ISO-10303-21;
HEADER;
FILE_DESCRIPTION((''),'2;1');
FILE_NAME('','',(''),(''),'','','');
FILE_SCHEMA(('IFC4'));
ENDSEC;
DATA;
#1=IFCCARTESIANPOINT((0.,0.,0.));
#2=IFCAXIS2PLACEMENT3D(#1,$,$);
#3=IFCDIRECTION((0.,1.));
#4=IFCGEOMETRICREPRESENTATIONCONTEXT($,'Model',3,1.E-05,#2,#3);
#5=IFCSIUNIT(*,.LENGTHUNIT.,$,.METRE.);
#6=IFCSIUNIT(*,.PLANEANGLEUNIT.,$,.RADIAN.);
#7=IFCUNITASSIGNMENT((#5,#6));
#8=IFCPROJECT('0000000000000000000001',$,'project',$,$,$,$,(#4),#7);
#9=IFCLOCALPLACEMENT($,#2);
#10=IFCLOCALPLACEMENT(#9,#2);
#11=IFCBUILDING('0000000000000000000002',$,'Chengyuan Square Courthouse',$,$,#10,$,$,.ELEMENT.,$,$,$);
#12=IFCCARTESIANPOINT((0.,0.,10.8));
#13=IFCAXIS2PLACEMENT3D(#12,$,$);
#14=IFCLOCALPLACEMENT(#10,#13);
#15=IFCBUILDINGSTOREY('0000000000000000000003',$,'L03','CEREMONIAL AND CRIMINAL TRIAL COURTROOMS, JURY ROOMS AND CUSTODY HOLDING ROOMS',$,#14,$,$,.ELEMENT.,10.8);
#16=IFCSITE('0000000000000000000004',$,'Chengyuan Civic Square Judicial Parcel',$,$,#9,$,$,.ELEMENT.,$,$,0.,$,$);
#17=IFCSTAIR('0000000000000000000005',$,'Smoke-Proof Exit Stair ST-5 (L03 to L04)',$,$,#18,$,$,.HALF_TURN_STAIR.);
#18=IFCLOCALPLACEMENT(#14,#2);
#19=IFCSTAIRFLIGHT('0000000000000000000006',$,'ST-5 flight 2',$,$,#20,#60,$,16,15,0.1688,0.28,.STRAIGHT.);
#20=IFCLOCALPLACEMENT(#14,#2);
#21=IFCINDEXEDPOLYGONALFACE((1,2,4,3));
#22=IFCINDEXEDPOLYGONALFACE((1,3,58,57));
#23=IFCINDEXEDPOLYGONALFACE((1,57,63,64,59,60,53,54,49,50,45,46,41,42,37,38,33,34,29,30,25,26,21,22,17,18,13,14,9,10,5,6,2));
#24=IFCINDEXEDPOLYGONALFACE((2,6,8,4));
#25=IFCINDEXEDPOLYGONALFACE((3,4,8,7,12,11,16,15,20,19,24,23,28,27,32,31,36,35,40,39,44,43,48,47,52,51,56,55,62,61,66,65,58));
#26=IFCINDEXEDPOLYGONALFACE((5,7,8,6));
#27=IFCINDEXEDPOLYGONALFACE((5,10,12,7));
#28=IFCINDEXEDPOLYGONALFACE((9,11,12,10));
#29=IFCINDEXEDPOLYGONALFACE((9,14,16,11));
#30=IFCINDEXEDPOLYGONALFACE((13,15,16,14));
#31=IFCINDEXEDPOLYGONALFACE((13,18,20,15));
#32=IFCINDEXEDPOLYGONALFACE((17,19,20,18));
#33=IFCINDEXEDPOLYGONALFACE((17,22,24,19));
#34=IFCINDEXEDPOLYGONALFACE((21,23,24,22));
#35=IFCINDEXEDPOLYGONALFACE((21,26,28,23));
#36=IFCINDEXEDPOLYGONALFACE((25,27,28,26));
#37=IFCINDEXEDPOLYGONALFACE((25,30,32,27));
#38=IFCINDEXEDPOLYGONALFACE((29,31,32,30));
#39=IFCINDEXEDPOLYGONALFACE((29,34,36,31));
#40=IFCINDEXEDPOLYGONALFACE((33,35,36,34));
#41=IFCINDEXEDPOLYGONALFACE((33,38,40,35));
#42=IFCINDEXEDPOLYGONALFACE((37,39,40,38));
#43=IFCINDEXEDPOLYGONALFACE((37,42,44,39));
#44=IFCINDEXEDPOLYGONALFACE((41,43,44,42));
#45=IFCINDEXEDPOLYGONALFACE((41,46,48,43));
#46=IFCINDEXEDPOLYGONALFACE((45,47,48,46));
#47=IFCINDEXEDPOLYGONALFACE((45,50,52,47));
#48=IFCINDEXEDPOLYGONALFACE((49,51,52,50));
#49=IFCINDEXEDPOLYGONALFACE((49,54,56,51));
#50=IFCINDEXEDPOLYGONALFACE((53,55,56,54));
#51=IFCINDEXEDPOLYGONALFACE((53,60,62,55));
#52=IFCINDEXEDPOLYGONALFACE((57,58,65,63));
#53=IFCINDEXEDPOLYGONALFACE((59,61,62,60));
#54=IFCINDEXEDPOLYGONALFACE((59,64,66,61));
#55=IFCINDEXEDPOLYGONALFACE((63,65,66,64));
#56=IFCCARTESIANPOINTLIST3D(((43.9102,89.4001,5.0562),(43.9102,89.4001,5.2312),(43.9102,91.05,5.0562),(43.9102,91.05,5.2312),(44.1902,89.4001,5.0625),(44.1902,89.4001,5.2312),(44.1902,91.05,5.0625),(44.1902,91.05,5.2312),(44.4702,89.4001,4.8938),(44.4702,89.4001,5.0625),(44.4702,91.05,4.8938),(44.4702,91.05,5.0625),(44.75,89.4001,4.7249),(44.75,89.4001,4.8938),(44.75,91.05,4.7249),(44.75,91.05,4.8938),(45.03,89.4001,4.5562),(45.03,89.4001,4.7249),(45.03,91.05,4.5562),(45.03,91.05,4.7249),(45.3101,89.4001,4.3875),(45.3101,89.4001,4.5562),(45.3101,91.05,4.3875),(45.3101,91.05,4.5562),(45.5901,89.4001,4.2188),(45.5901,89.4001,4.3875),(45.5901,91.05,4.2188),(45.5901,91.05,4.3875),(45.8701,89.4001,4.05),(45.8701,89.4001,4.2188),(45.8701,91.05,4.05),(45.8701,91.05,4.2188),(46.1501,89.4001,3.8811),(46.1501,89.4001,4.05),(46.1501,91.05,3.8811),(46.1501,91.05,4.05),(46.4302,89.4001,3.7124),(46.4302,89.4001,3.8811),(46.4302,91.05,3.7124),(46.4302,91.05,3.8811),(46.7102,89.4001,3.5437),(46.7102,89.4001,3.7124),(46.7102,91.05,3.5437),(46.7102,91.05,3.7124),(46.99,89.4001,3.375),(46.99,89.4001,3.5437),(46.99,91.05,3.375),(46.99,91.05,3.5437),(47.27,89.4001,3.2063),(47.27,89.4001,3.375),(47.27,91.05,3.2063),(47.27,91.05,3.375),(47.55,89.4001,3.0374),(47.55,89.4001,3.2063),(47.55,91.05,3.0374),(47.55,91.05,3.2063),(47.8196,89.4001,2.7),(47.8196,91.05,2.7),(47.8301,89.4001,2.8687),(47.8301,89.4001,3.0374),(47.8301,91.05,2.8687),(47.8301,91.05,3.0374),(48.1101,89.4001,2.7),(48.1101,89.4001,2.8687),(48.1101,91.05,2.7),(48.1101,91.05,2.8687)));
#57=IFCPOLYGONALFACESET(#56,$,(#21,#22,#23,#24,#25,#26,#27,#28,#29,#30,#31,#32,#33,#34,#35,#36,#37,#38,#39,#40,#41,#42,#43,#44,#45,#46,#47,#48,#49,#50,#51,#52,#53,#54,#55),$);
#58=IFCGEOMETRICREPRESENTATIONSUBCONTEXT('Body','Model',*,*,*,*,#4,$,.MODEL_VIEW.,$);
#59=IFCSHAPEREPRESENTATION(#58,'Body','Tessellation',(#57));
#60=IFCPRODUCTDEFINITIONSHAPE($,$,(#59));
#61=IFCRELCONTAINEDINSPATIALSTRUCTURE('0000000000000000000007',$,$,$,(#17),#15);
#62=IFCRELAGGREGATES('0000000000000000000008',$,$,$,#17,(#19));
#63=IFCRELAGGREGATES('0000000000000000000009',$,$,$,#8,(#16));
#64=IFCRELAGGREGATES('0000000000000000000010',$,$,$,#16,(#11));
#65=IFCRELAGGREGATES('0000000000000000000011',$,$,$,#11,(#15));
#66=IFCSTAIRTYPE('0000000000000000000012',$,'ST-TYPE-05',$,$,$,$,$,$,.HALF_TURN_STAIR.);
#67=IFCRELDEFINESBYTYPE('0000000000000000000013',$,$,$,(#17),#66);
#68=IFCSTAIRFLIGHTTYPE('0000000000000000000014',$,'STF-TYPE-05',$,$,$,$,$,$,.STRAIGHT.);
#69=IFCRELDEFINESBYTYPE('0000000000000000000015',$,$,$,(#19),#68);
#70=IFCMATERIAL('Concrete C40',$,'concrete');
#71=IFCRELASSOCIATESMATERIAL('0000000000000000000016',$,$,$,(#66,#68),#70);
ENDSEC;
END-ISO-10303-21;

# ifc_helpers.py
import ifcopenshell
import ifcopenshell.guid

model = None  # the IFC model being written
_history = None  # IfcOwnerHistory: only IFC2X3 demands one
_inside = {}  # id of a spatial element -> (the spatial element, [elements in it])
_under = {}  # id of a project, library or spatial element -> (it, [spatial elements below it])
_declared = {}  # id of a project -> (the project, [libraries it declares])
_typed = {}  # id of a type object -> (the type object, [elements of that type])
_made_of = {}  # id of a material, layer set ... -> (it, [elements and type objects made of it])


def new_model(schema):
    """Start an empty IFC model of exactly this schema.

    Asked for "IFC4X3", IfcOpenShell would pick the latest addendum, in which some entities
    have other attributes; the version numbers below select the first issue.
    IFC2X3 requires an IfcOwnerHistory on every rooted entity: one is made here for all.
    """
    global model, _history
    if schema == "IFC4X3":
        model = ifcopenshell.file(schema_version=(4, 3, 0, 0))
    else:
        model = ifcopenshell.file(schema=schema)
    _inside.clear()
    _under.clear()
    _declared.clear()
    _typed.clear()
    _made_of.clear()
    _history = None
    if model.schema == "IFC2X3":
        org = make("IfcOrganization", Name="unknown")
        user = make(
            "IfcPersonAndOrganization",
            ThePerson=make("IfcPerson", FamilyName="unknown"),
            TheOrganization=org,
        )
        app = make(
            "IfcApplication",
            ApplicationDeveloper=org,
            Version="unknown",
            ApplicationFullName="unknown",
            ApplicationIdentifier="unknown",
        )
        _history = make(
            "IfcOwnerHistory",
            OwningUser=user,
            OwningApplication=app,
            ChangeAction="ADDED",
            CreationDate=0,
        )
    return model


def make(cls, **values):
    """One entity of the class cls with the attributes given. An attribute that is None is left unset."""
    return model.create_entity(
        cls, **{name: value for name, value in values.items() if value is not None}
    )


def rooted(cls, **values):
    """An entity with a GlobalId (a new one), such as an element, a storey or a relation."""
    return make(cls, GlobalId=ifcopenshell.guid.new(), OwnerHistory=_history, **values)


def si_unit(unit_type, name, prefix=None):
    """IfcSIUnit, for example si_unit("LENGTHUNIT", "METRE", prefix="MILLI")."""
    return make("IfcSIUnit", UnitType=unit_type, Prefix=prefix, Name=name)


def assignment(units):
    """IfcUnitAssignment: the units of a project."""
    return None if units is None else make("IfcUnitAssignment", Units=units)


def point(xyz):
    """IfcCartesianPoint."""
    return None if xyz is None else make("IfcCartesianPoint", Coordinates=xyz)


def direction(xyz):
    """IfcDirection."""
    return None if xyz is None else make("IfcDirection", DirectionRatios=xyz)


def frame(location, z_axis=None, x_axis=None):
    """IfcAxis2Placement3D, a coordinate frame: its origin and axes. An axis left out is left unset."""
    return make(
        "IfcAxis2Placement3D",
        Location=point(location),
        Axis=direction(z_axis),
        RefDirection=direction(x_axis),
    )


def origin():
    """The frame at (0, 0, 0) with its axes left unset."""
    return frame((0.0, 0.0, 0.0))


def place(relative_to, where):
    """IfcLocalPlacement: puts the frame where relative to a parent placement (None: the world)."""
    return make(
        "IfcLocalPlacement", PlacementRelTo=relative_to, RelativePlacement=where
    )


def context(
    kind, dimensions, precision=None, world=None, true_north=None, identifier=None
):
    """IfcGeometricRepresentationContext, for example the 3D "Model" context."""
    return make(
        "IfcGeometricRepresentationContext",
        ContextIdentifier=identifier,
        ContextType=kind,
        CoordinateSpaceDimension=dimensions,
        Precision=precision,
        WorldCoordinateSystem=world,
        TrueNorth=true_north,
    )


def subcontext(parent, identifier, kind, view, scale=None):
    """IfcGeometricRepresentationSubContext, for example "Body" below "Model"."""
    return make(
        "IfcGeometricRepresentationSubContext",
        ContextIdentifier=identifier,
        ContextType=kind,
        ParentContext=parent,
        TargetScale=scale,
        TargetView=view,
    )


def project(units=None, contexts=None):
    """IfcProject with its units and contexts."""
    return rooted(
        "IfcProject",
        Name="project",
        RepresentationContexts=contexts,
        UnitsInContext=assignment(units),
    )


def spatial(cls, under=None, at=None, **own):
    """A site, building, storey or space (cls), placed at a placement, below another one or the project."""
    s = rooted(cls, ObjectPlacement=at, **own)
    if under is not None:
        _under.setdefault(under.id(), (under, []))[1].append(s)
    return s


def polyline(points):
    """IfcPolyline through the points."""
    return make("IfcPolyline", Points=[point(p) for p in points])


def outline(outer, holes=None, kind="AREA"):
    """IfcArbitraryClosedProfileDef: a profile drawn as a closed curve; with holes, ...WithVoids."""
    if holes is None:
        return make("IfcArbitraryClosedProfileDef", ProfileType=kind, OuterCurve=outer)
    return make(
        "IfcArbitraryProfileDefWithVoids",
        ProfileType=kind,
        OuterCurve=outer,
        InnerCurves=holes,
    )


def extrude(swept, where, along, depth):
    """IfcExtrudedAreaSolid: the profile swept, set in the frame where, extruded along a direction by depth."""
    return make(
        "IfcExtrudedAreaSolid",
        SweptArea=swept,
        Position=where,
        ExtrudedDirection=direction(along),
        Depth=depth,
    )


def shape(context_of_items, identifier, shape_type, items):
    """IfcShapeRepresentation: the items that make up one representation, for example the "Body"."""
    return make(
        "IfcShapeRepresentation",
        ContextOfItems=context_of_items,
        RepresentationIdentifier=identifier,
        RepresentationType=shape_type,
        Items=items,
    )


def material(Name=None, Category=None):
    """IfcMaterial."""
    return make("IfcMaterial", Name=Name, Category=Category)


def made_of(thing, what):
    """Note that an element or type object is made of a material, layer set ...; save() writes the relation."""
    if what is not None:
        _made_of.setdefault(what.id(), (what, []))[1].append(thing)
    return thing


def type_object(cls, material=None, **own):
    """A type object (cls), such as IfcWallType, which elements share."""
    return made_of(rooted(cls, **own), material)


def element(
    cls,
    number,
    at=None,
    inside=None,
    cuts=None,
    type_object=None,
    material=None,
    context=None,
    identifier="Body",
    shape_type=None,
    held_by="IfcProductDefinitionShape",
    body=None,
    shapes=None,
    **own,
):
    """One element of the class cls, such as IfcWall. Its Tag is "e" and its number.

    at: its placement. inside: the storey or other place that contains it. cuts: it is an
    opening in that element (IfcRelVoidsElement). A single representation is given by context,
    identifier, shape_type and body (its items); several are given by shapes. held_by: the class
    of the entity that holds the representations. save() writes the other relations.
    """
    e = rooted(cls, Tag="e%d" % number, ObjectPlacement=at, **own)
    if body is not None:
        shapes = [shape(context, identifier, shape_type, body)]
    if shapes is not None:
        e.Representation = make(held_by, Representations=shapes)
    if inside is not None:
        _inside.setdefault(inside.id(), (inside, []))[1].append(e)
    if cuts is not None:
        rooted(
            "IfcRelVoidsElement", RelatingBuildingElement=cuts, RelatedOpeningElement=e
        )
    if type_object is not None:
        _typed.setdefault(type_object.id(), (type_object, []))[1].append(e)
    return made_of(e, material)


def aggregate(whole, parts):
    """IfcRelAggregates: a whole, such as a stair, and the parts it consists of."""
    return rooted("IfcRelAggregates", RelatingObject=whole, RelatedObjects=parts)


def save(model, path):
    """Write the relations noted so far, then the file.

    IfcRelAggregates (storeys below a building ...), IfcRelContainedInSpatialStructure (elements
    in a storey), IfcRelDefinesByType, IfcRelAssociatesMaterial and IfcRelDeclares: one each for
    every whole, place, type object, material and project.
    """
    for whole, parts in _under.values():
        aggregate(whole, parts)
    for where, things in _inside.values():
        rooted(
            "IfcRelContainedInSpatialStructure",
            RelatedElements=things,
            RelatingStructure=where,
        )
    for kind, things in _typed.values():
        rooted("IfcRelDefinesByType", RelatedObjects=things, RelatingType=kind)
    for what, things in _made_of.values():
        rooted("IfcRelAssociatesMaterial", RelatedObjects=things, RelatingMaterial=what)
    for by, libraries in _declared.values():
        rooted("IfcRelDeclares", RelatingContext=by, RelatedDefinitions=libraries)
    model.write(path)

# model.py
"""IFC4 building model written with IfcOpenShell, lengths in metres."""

from ifc_helpers import new_model, si_unit, direction, frame, origin, place, context, subcontext, project, spatial, polyline, outline, extrude, material, type_object, element, aggregate, save


model = new_model("IFC4")

# Units and contexts
model_context = context("Model", 3, precision=1e-05, world=origin(), true_north=direction((0.0, 1.0)))
body_context = subcontext(model_context, "Body", "Model", "MODEL_VIEW")
ifc_project = project(units=[si_unit("LENGTHUNIT", "METRE"), si_unit("PLANEANGLEUNIT", "RADIAN")], contexts=[model_context])

# Site, building, storey
site_placement = place(None, origin())
site = spatial("IfcSite", under=ifc_project, at=site_placement, Name="Chengyuan Civic Square Judicial Parcel", CompositionType="ELEMENT", RefElevation=0.0)
building_placement = place(site_placement, origin())
building = spatial("IfcBuilding", under=site, at=building_placement, Name="Chengyuan Square Courthouse", CompositionType="ELEMENT")
storey_placement = place(building_placement, frame((0.0, 0.0, 10.8)))
storey = spatial("IfcBuildingStorey", under=building, at=storey_placement, Name="L03", Description="CEREMONIAL AND CRIMINAL TRIAL COURTROOMS, JURY ROOMS AND CUSTODY HOLDING ROOMS", CompositionType="ELEMENT", Elevation=10.8)

# Shared definitions
ifc_material_1 = material(Name="Concrete C40", Category="concrete")

# Stair, stair flight
stair_type = type_object("IfcStairType", Name="ST-TYPE-05", PredefinedType="HALF_TURN_STAIR", material=ifc_material_1)
stair_placement = place(storey_placement, origin())
stair = element("IfcStair", 1, at=stair_placement, inside=storey, type_object=stair_type, Name="Smoke-Proof Exit Stair ST-5 (L03 to L04)", PredefinedType="HALF_TURN_STAIR")
stair_flight_type = type_object("IfcStairFlightType", Name="STF-TYPE-05", PredefinedType="STRAIGHT", material=ifc_material_1)
stair_flight_placement = place(storey_placement, frame((48.1101, 90.2251, 2.7), z_axis=(0.0, 0.0, 1.0), x_axis=(-1.0, 0.0, 0.0)))
stair_flight = element("IfcStairFlight", 2, at=stair_flight_placement, type_object=stair_flight_type, Name="ST-5 flight 2", NumberOfRisers=16, NumberOfTreads=15, PredefinedType="STRAIGHT", RiserHeight=0.1688, TreadLength=0.28, context=body_context, shape_type="SweptSolid", body=[
    extrude(outline(polyline([(0.0, 0.0), (0.0, 0.1687), (0.28, 0.1687), (0.28, 0.3374), (0.5601, 0.3374), (0.5601, 0.5063), (0.8401, 0.5063), (0.8401, 0.675), (1.1201, 0.675), (1.1201, 0.8438), (1.3999, 0.8438), (1.3999, 1.0125), (1.6799, 1.0125), (1.6799, 1.1812), (1.96, 1.1812), (1.96, 1.3501), (2.24, 1.3501), (2.24, 1.5188), (2.52, 1.5188), (2.52, 1.6875), (2.8, 1.6875), (2.8, 1.8562), (3.0801, 1.8562), (3.0801, 2.0249), (3.3601, 2.0249), (3.3601, 2.1938), (3.6399, 2.1938), (3.6399, 2.3625), (3.9199, 2.3625), (3.9199, 2.5312), (4.2, 2.5312), (4.2, 2.7), (4.2, 2.3562), (0.2905, 0.0), (0.0, 0.0)])), frame((0.0, 0.825, 0.0), z_axis=(0.0, -1.0, 0.0), x_axis=(1.0, 0.0, 0.0)), (0.0, 0.0, 1.0), 1.6499),
])
aggregate(stair, [stair_flight])

save(model, "model.ifc")
